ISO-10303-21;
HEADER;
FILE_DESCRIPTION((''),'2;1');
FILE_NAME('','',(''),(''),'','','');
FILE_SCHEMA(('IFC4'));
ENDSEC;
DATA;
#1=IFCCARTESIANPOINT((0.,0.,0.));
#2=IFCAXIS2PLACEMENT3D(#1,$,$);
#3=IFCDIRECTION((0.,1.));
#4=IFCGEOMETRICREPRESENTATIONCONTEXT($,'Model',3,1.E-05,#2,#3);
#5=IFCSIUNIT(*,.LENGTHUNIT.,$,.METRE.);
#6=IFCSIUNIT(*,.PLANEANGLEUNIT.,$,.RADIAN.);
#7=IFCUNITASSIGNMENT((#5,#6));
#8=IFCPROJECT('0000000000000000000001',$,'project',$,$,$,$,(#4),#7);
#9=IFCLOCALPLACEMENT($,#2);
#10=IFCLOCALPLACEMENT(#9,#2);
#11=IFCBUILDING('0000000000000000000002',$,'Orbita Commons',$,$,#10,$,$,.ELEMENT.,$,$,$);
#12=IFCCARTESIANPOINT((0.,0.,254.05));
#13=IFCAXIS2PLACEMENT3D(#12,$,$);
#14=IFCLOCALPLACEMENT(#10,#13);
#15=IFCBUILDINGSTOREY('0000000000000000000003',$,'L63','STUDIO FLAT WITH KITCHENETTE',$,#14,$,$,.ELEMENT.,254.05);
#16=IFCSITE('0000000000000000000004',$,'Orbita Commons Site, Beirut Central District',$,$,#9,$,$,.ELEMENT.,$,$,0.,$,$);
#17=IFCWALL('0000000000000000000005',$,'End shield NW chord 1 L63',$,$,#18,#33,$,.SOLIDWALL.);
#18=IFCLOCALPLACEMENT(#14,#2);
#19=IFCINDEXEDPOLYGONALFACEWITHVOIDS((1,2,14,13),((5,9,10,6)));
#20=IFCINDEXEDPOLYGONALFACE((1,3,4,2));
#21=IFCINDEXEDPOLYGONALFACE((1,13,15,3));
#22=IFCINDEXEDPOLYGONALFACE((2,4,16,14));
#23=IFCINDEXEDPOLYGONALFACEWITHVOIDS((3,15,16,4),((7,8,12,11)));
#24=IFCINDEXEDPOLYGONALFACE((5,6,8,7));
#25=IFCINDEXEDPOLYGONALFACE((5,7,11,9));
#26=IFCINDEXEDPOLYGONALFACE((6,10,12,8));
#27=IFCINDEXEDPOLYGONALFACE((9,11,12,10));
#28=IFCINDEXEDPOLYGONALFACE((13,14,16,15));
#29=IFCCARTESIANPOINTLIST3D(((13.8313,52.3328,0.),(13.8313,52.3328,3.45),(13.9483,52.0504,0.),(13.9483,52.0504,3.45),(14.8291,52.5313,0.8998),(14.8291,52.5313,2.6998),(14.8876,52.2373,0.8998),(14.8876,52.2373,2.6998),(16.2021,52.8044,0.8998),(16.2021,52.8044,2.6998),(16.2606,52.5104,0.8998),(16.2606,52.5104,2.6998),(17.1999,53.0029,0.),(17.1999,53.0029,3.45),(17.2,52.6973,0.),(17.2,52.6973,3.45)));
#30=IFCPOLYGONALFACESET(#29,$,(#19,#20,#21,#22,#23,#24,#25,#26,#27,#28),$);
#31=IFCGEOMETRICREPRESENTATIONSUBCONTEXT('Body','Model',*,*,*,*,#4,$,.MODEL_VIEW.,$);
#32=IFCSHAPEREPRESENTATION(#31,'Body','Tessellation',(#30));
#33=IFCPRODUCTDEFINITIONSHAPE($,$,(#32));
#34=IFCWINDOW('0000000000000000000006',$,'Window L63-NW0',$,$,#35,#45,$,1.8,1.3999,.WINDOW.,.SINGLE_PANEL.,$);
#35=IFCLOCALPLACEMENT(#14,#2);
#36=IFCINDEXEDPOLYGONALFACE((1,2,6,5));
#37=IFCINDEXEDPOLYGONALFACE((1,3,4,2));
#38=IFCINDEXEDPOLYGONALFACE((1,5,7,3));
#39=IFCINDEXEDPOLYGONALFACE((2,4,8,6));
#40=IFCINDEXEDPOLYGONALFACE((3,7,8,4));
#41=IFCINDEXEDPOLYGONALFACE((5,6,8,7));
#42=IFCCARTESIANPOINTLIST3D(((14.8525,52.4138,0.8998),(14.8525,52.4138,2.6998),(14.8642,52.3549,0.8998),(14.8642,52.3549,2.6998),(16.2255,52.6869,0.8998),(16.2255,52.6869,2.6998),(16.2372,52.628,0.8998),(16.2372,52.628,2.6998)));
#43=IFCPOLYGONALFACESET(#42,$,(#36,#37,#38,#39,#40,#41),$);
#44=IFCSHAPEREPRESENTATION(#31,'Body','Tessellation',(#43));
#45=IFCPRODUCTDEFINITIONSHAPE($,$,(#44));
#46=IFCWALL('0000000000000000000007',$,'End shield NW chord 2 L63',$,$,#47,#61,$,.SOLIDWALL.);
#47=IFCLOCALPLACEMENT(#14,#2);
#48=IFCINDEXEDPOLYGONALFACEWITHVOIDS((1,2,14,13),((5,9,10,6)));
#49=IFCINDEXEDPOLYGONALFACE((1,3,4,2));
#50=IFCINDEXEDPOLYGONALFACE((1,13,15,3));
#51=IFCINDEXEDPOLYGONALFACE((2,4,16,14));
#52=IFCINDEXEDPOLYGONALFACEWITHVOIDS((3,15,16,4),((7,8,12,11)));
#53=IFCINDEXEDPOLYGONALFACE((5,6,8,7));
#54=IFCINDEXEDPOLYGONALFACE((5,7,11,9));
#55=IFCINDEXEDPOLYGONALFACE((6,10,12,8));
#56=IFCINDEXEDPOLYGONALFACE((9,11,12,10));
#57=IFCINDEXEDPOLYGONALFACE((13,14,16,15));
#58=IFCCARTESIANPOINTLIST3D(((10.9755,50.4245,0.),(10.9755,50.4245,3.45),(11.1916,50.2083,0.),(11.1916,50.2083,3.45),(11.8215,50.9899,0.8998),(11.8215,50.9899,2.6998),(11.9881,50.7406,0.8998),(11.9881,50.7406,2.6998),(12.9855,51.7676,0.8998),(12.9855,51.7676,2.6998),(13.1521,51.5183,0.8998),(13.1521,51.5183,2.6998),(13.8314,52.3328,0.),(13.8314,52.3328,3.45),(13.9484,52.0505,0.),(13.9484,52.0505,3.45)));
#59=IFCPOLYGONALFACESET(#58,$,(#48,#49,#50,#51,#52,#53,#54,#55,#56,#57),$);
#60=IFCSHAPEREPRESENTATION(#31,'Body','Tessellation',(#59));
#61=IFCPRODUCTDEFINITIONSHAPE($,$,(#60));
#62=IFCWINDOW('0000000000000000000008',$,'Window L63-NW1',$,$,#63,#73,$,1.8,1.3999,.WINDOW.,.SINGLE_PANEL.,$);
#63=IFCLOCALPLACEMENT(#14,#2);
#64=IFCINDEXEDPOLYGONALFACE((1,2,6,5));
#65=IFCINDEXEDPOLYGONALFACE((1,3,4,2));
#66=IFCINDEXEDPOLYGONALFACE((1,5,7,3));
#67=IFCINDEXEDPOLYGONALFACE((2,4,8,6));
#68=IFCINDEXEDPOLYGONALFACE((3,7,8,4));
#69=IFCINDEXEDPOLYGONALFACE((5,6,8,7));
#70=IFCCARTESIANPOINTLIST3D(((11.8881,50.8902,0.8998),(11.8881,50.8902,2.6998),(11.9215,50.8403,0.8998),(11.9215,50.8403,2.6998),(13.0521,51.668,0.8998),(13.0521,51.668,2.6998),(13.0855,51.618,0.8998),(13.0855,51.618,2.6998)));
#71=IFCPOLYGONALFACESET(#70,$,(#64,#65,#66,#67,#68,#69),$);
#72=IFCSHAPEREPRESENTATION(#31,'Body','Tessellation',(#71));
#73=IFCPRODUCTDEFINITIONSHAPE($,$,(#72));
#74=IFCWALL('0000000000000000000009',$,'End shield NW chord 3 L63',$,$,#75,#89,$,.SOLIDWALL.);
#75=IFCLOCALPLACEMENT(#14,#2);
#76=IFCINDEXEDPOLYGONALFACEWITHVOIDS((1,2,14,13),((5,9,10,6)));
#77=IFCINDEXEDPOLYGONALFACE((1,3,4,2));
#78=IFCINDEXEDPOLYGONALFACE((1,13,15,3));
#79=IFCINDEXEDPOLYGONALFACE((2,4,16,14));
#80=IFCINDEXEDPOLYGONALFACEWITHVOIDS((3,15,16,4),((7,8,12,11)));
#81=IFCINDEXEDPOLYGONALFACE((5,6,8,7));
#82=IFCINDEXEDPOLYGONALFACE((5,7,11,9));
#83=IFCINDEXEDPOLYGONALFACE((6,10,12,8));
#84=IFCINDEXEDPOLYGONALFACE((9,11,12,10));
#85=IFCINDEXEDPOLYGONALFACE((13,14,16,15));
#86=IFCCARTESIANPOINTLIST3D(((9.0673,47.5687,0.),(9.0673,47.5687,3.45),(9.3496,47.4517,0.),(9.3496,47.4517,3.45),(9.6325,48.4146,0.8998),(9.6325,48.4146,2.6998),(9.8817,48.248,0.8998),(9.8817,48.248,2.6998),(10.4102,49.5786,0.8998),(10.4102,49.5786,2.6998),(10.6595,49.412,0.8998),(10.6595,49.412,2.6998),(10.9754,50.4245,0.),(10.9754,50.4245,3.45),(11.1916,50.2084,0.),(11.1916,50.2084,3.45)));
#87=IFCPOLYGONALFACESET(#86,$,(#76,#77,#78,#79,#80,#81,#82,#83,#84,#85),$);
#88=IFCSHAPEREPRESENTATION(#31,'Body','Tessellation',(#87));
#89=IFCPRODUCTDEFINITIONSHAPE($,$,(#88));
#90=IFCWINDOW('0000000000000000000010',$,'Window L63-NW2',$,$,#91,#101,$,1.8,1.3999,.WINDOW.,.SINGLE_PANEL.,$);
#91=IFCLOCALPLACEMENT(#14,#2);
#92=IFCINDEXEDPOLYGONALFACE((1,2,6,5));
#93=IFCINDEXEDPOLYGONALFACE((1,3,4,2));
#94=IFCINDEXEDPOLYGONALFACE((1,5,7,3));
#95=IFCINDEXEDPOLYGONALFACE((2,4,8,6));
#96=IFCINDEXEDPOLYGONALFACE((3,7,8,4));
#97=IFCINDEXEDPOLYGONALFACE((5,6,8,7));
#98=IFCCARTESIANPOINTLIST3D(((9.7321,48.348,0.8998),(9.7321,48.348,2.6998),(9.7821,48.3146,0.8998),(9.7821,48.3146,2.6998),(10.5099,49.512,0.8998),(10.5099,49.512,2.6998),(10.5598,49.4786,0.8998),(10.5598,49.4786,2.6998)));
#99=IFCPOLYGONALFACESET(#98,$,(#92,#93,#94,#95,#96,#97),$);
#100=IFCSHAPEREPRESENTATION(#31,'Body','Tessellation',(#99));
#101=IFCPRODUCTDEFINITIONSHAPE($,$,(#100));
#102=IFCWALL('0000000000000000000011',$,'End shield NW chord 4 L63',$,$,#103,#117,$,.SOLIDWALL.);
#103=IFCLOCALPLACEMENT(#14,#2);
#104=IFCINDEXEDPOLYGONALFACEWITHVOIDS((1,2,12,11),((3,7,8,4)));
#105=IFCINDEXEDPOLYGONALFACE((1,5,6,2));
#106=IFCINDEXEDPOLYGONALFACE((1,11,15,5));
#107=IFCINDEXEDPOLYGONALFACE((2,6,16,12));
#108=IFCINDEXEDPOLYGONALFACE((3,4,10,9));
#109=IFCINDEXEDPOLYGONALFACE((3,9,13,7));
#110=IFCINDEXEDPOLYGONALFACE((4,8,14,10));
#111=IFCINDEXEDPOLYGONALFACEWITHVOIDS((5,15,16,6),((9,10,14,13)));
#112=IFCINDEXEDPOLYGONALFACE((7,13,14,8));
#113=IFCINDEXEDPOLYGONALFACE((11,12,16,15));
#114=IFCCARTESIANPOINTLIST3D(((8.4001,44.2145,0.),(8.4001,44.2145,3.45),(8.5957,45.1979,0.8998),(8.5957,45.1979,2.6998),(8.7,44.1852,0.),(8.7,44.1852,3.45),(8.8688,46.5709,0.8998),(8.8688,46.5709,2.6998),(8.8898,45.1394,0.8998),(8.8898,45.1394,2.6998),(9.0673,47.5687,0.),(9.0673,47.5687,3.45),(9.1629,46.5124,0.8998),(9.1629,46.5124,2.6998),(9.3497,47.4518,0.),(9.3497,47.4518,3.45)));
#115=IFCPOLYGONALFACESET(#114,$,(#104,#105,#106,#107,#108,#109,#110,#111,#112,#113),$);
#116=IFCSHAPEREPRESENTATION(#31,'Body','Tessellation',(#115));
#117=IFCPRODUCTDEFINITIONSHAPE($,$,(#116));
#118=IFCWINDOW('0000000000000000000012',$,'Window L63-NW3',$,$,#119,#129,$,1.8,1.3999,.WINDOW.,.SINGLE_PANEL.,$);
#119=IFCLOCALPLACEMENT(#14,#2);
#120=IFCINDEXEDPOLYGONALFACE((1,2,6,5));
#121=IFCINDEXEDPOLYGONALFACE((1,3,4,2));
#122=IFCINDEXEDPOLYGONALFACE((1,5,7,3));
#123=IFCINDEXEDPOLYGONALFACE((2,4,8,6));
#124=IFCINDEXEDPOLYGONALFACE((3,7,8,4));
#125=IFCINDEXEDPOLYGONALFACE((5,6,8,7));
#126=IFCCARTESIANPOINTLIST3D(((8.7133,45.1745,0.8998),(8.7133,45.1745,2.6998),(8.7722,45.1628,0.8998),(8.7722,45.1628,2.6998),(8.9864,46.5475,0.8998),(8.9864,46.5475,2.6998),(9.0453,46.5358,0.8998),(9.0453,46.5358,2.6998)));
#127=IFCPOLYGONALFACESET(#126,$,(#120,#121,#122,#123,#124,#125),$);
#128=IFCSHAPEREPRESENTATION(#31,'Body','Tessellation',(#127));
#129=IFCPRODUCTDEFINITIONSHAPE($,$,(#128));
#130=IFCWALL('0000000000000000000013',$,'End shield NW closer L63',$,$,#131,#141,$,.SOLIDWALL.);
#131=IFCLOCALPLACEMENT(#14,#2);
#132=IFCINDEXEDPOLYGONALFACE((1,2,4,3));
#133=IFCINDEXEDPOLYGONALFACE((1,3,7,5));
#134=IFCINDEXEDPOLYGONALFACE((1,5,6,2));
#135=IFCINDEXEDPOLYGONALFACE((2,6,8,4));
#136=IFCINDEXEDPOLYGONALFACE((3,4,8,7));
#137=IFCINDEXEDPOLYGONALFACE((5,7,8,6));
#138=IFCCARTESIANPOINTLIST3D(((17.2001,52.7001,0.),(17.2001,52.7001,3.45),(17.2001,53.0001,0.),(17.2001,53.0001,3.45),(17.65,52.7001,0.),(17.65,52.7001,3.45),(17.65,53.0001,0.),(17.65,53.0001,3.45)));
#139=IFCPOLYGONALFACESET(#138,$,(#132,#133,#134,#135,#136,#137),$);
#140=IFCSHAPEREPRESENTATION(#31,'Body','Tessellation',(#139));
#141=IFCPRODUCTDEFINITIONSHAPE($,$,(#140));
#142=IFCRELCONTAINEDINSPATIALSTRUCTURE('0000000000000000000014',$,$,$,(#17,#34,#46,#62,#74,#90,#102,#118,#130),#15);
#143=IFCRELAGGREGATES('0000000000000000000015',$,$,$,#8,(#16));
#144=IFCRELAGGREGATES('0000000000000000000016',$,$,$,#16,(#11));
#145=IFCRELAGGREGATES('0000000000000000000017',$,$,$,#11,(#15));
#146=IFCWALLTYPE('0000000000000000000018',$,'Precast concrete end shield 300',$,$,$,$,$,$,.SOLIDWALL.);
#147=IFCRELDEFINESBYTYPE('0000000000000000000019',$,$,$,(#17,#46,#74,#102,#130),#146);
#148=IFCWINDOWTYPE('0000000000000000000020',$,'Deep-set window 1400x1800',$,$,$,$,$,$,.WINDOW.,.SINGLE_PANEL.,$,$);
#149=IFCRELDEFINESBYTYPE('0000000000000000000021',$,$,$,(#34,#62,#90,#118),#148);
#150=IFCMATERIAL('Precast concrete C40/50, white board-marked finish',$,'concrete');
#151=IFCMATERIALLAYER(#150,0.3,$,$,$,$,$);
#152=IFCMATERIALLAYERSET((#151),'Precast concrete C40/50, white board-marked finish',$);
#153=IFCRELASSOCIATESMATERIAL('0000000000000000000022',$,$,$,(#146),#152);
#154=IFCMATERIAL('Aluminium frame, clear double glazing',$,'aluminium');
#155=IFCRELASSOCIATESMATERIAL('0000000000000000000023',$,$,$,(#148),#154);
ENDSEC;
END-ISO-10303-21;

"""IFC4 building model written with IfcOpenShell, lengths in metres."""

from ifc_helpers import new_model, si_unit, direction, frame, frame_2d, origin, place, context, subcontext, project, spatial, polyline, rectangle, outline, extrude, material, layer, layer_set, type_object, element, fill, save


model = new_model("IFC4")

# Units and contexts
model_context = context("Model", 3, precision=1e-05, world=origin(), true_north=direction((0.0, 1.0)))
body_context = subcontext(model_context, "Body", "Model", "MODEL_VIEW")
ifc_project = project(units=[si_unit("LENGTHUNIT", "METRE"), si_unit("PLANEANGLEUNIT", "RADIAN")], contexts=[model_context])

# Site, building, storey
site_placement = place(None, origin())
site = spatial("IfcSite", under=ifc_project, at=site_placement, Name="Orbita Commons Site, Beirut Central District", CompositionType="ELEMENT", RefElevation=0.0)
building_placement = place(site_placement, origin())
building = spatial("IfcBuilding", under=site, at=building_placement, Name="Orbita Commons", CompositionType="ELEMENT")
storey_placement = place(building_placement, frame((0.0, 0.0, 254.05)))
storey = spatial("IfcBuildingStorey", under=building, at=storey_placement, Name="L63", Description="STUDIO FLAT WITH KITCHENETTE", CompositionType="ELEMENT", Elevation=254.05)

# Walls, openings, windows
ifc_material_1 = material(Name="Precast concrete C40/50, white board-marked finish", Category="concrete")
ifc_layer_1 = layer(ifc_material_1, 0.3)
ifc_layer_set_1 = layer_set([ifc_layer_1], Name="Precast concrete C40/50, white board-marked finish")
wall_type_1 = type_object("IfcWallType", Name="Precast concrete end shield 300", PredefinedType="SOLIDWALL", material=ifc_layer_set_1)
wall_1_placement = place(storey_placement, frame((17.2, 52.8501, 0.0), z_axis=(0.0, 0.0, 1.0), x_axis=(-0.980783, -0.1951, 0.0)))
wall_1 = element("IfcWall", 1, at=wall_1_placement, inside=storey, type_object=wall_type_1, Name="End shield NW chord 1 L63", PredefinedType="SOLIDWALL", context=body_context, shape_type="SweptSolid", body=[
    extrude(outline(polyline([(-0.0298, -0.1499), (3.4048, -0.1499), (3.3452, 0.1499), (0.0298, 0.1499), (-0.0298, -0.1499)])), origin(), (0.0, 0.0, 1.0), 3.45),
])
opening_1_placement = place(wall_1_placement, frame((0.9875, 0.0, 0.8999)))
opening_1 = element("IfcOpeningElement", 2, at=opening_1_placement, cuts=wall_1, PredefinedType="OPENING", context=body_context, shape_type="SweptSolid", body=[
    extrude(rectangle(XDim=1.3999, YDim=1.8, at=frame_2d((0.7, 0.8999))), frame((0.0, 0.1599, 0.0), z_axis=(0.0, -1.0, 0.0), x_axis=(1.0, 0.0, 0.0)), (0.0, 0.0, 1.0), 0.3201),
])
ifc_material_2 = material(Name="Aluminium frame, clear double glazing", Category="aluminium")
window_type = type_object("IfcWindowType", Name="Deep-set window 1400x1800", PartitioningType="SINGLE_PANEL", PredefinedType="WINDOW", material=ifc_material_2)
window_1_placement = place(opening_1_placement, origin())
window_1 = element("IfcWindow", 3, at=window_1_placement, inside=storey, type_object=window_type, Name="Window L63-NW0", OverallHeight=1.8, OverallWidth=1.3999, PartitioningType="SINGLE_PANEL", PredefinedType="WINDOW", context=body_context, shape_type="SweptSolid", body=[
    extrude(rectangle(XDim=1.3999, YDim=1.8, at=frame_2d((0.7, 0.8999))), frame((0.0, 0.03, 0.0), z_axis=(0.0, -1.0, 0.0), x_axis=(1.0, 0.0, 0.0)), (0.0, 0.0, 1.0), 0.0601),
])
fill(opening_1, window_1)
wall_2_placement = place(storey_placement, frame((13.8899, 52.1917, 0.0), z_axis=(0.0, 0.0, 1.0), x_axis=(-0.83146, -0.555585, 0.0)))
wall_2 = element("IfcWall", 4, at=wall_2_placement, inside=storey, type_object=wall_type_1, Name="End shield NW chord 2 L63", PredefinedType="SOLIDWALL", context=body_context, shape_type="SweptSolid", body=[
    extrude(outline(polyline([(-0.0298, -0.1499), (3.405, -0.1499), (3.3455, 0.1499), (0.0298, 0.1499), (-0.0298, -0.1499)])), origin(), (0.0, 0.0, 1.0), 3.45),
])
opening_2_placement = place(wall_2_placement, frame((0.9875, 0.0, 0.8999)))
opening_2 = element("IfcOpeningElement", 5, at=opening_2_placement, cuts=wall_2, PredefinedType="OPENING", context=body_context, shape_type="SweptSolid", body=[
    extrude(rectangle(XDim=1.3999, YDim=1.8, at=frame_2d((0.7, 0.8999))), frame((0.0, 0.1599, 0.0), z_axis=(0.0, -1.0, 0.0), x_axis=(1.0, 0.0, 0.0)), (0.0, 0.0, 1.0), 0.3201),
])
window_2_placement = place(opening_2_placement, origin())
window_2 = element("IfcWindow", 6, at=window_2_placement, inside=storey, type_object=window_type, Name="Window L63-NW1", OverallHeight=1.8, OverallWidth=1.3999, PartitioningType="SINGLE_PANEL", PredefinedType="WINDOW", context=body_context, shape_type="SweptSolid", body=[
    extrude(rectangle(XDim=1.3999, YDim=1.8, at=frame_2d((0.7, 0.8999))), frame((0.0, 0.03, 0.0), z_axis=(0.0, -1.0, 0.0), x_axis=(1.0, 0.0, 0.0)), (0.0, 0.0, 1.0), 0.0601),
])
fill(opening_2, window_2)
wall_3_placement = place(storey_placement, frame((11.0835, 50.3164, 0.0), z_axis=(0.0, 0.0, 1.0), x_axis=(-0.555568, -0.831471, 0.0)))
wall_3 = element("IfcWall", 7, at=wall_3_placement, inside=storey, type_object=wall_type_1, Name="End shield NW chord 3 L63", PredefinedType="SOLIDWALL", context=body_context, shape_type="SweptSolid", body=[
    extrude(outline(polyline([(-0.0298, -0.1499), (3.4048, -0.1499), (3.3452, 0.1499), (0.0298, 0.1499), (-0.0298, -0.1499)])), origin(), (0.0, 0.0, 1.0), 3.45),
])
opening_3_placement = place(wall_3_placement, frame((0.9875, 0.0, 0.8999)))
opening_3 = element("IfcOpeningElement", 8, at=opening_3_placement, cuts=wall_3, PredefinedType="OPENING", context=body_context, shape_type="SweptSolid", body=[
    extrude(rectangle(XDim=1.3999, YDim=1.8, at=frame_2d((0.7, 0.8999))), frame((0.0, 0.1599, 0.0), z_axis=(0.0, -1.0, 0.0), x_axis=(1.0, 0.0, 0.0)), (0.0, 0.0, 1.0), 0.3201),
])
window_3_placement = place(opening_3_placement, origin())
window_3 = element("IfcWindow", 9, at=window_3_placement, inside=storey, type_object=window_type, Name="Window L63-NW2", OverallHeight=1.8, OverallWidth=1.3999, PartitioningType="SINGLE_PANEL", PredefinedType="WINDOW", context=body_context, shape_type="SweptSolid", body=[
    extrude(rectangle(XDim=1.3999, YDim=1.8, at=frame_2d((0.7, 0.8999))), frame((0.0, 0.03, 0.0), z_axis=(0.0, -1.0, 0.0), x_axis=(1.0, 0.0, 0.0)), (0.0, 0.0, 1.0), 0.0601),
])
fill(opening_3, window_3)
wall_4_placement = place(storey_placement, frame((9.2085, 47.5103, 0.0), z_axis=(0.0, 0.0, 1.0), x_axis=(-0.195087, -0.980786, 0.0)))
wall_4 = element("IfcWall", 10, at=wall_4_placement, inside=storey, type_object=wall_type_1, Name="End shield NW chord 4 L63", PredefinedType="SOLIDWALL", context=body_context, shape_type="SweptSolid", body=[
    extrude(outline(polyline([(-0.0298, -0.1499), (3.3901, -0.1499), (3.3604, 0.1499), (0.0298, 0.1499), (-0.0298, -0.1499)])), origin(), (0.0, 0.0, 1.0), 3.45),
])
opening_4_placement = place(wall_4_placement, frame((0.9875, 0.0, 0.8999)))
opening_4 = element("IfcOpeningElement", 11, at=opening_4_placement, cuts=wall_4, PredefinedType="OPENING", context=body_context, shape_type="SweptSolid", body=[
    extrude(rectangle(XDim=1.3999, YDim=1.8, at=frame_2d((0.7, 0.8999))), frame((0.0, 0.1599, 0.0), z_axis=(0.0, -1.0, 0.0), x_axis=(1.0, 0.0, 0.0)), (0.0, 0.0, 1.0), 0.3201),
])
window_4_placement = place(opening_4_placement, origin())
window_4 = element("IfcWindow", 12, at=window_4_placement, inside=storey, type_object=window_type, Name="Window L63-NW3", OverallHeight=1.8, OverallWidth=1.3999, PartitioningType="SINGLE_PANEL", PredefinedType="WINDOW", context=body_context, shape_type="SweptSolid", body=[
    extrude(rectangle(XDim=1.3999, YDim=1.8, at=frame_2d((0.7, 0.8999))), frame((0.0, 0.03, 0.0), z_axis=(0.0, -1.0, 0.0), x_axis=(1.0, 0.0, 0.0)), (0.0, 0.0, 1.0), 0.0601),
])
fill(opening_4, window_4)

# Wall
wall_5_placement = place(storey_placement, frame((17.2, 52.8501, 0.0), z_axis=(0.0, 0.0, 1.0), x_axis=(1.0, 0.0, 0.0)))
element("IfcWall", 13, at=wall_5_placement, inside=storey, type_object=wall_type_1, Name="End shield NW closer L63", PredefinedType="SOLIDWALL", context=body_context, shape_type="SweptSolid", body=[
    extrude(rectangle(XDim=0.45, YDim=0.3, at=frame_2d((0.2251, 0.0))), origin(), (0.0, 0.0, 1.0), 3.45),
])

save(model, "model.ifc")
